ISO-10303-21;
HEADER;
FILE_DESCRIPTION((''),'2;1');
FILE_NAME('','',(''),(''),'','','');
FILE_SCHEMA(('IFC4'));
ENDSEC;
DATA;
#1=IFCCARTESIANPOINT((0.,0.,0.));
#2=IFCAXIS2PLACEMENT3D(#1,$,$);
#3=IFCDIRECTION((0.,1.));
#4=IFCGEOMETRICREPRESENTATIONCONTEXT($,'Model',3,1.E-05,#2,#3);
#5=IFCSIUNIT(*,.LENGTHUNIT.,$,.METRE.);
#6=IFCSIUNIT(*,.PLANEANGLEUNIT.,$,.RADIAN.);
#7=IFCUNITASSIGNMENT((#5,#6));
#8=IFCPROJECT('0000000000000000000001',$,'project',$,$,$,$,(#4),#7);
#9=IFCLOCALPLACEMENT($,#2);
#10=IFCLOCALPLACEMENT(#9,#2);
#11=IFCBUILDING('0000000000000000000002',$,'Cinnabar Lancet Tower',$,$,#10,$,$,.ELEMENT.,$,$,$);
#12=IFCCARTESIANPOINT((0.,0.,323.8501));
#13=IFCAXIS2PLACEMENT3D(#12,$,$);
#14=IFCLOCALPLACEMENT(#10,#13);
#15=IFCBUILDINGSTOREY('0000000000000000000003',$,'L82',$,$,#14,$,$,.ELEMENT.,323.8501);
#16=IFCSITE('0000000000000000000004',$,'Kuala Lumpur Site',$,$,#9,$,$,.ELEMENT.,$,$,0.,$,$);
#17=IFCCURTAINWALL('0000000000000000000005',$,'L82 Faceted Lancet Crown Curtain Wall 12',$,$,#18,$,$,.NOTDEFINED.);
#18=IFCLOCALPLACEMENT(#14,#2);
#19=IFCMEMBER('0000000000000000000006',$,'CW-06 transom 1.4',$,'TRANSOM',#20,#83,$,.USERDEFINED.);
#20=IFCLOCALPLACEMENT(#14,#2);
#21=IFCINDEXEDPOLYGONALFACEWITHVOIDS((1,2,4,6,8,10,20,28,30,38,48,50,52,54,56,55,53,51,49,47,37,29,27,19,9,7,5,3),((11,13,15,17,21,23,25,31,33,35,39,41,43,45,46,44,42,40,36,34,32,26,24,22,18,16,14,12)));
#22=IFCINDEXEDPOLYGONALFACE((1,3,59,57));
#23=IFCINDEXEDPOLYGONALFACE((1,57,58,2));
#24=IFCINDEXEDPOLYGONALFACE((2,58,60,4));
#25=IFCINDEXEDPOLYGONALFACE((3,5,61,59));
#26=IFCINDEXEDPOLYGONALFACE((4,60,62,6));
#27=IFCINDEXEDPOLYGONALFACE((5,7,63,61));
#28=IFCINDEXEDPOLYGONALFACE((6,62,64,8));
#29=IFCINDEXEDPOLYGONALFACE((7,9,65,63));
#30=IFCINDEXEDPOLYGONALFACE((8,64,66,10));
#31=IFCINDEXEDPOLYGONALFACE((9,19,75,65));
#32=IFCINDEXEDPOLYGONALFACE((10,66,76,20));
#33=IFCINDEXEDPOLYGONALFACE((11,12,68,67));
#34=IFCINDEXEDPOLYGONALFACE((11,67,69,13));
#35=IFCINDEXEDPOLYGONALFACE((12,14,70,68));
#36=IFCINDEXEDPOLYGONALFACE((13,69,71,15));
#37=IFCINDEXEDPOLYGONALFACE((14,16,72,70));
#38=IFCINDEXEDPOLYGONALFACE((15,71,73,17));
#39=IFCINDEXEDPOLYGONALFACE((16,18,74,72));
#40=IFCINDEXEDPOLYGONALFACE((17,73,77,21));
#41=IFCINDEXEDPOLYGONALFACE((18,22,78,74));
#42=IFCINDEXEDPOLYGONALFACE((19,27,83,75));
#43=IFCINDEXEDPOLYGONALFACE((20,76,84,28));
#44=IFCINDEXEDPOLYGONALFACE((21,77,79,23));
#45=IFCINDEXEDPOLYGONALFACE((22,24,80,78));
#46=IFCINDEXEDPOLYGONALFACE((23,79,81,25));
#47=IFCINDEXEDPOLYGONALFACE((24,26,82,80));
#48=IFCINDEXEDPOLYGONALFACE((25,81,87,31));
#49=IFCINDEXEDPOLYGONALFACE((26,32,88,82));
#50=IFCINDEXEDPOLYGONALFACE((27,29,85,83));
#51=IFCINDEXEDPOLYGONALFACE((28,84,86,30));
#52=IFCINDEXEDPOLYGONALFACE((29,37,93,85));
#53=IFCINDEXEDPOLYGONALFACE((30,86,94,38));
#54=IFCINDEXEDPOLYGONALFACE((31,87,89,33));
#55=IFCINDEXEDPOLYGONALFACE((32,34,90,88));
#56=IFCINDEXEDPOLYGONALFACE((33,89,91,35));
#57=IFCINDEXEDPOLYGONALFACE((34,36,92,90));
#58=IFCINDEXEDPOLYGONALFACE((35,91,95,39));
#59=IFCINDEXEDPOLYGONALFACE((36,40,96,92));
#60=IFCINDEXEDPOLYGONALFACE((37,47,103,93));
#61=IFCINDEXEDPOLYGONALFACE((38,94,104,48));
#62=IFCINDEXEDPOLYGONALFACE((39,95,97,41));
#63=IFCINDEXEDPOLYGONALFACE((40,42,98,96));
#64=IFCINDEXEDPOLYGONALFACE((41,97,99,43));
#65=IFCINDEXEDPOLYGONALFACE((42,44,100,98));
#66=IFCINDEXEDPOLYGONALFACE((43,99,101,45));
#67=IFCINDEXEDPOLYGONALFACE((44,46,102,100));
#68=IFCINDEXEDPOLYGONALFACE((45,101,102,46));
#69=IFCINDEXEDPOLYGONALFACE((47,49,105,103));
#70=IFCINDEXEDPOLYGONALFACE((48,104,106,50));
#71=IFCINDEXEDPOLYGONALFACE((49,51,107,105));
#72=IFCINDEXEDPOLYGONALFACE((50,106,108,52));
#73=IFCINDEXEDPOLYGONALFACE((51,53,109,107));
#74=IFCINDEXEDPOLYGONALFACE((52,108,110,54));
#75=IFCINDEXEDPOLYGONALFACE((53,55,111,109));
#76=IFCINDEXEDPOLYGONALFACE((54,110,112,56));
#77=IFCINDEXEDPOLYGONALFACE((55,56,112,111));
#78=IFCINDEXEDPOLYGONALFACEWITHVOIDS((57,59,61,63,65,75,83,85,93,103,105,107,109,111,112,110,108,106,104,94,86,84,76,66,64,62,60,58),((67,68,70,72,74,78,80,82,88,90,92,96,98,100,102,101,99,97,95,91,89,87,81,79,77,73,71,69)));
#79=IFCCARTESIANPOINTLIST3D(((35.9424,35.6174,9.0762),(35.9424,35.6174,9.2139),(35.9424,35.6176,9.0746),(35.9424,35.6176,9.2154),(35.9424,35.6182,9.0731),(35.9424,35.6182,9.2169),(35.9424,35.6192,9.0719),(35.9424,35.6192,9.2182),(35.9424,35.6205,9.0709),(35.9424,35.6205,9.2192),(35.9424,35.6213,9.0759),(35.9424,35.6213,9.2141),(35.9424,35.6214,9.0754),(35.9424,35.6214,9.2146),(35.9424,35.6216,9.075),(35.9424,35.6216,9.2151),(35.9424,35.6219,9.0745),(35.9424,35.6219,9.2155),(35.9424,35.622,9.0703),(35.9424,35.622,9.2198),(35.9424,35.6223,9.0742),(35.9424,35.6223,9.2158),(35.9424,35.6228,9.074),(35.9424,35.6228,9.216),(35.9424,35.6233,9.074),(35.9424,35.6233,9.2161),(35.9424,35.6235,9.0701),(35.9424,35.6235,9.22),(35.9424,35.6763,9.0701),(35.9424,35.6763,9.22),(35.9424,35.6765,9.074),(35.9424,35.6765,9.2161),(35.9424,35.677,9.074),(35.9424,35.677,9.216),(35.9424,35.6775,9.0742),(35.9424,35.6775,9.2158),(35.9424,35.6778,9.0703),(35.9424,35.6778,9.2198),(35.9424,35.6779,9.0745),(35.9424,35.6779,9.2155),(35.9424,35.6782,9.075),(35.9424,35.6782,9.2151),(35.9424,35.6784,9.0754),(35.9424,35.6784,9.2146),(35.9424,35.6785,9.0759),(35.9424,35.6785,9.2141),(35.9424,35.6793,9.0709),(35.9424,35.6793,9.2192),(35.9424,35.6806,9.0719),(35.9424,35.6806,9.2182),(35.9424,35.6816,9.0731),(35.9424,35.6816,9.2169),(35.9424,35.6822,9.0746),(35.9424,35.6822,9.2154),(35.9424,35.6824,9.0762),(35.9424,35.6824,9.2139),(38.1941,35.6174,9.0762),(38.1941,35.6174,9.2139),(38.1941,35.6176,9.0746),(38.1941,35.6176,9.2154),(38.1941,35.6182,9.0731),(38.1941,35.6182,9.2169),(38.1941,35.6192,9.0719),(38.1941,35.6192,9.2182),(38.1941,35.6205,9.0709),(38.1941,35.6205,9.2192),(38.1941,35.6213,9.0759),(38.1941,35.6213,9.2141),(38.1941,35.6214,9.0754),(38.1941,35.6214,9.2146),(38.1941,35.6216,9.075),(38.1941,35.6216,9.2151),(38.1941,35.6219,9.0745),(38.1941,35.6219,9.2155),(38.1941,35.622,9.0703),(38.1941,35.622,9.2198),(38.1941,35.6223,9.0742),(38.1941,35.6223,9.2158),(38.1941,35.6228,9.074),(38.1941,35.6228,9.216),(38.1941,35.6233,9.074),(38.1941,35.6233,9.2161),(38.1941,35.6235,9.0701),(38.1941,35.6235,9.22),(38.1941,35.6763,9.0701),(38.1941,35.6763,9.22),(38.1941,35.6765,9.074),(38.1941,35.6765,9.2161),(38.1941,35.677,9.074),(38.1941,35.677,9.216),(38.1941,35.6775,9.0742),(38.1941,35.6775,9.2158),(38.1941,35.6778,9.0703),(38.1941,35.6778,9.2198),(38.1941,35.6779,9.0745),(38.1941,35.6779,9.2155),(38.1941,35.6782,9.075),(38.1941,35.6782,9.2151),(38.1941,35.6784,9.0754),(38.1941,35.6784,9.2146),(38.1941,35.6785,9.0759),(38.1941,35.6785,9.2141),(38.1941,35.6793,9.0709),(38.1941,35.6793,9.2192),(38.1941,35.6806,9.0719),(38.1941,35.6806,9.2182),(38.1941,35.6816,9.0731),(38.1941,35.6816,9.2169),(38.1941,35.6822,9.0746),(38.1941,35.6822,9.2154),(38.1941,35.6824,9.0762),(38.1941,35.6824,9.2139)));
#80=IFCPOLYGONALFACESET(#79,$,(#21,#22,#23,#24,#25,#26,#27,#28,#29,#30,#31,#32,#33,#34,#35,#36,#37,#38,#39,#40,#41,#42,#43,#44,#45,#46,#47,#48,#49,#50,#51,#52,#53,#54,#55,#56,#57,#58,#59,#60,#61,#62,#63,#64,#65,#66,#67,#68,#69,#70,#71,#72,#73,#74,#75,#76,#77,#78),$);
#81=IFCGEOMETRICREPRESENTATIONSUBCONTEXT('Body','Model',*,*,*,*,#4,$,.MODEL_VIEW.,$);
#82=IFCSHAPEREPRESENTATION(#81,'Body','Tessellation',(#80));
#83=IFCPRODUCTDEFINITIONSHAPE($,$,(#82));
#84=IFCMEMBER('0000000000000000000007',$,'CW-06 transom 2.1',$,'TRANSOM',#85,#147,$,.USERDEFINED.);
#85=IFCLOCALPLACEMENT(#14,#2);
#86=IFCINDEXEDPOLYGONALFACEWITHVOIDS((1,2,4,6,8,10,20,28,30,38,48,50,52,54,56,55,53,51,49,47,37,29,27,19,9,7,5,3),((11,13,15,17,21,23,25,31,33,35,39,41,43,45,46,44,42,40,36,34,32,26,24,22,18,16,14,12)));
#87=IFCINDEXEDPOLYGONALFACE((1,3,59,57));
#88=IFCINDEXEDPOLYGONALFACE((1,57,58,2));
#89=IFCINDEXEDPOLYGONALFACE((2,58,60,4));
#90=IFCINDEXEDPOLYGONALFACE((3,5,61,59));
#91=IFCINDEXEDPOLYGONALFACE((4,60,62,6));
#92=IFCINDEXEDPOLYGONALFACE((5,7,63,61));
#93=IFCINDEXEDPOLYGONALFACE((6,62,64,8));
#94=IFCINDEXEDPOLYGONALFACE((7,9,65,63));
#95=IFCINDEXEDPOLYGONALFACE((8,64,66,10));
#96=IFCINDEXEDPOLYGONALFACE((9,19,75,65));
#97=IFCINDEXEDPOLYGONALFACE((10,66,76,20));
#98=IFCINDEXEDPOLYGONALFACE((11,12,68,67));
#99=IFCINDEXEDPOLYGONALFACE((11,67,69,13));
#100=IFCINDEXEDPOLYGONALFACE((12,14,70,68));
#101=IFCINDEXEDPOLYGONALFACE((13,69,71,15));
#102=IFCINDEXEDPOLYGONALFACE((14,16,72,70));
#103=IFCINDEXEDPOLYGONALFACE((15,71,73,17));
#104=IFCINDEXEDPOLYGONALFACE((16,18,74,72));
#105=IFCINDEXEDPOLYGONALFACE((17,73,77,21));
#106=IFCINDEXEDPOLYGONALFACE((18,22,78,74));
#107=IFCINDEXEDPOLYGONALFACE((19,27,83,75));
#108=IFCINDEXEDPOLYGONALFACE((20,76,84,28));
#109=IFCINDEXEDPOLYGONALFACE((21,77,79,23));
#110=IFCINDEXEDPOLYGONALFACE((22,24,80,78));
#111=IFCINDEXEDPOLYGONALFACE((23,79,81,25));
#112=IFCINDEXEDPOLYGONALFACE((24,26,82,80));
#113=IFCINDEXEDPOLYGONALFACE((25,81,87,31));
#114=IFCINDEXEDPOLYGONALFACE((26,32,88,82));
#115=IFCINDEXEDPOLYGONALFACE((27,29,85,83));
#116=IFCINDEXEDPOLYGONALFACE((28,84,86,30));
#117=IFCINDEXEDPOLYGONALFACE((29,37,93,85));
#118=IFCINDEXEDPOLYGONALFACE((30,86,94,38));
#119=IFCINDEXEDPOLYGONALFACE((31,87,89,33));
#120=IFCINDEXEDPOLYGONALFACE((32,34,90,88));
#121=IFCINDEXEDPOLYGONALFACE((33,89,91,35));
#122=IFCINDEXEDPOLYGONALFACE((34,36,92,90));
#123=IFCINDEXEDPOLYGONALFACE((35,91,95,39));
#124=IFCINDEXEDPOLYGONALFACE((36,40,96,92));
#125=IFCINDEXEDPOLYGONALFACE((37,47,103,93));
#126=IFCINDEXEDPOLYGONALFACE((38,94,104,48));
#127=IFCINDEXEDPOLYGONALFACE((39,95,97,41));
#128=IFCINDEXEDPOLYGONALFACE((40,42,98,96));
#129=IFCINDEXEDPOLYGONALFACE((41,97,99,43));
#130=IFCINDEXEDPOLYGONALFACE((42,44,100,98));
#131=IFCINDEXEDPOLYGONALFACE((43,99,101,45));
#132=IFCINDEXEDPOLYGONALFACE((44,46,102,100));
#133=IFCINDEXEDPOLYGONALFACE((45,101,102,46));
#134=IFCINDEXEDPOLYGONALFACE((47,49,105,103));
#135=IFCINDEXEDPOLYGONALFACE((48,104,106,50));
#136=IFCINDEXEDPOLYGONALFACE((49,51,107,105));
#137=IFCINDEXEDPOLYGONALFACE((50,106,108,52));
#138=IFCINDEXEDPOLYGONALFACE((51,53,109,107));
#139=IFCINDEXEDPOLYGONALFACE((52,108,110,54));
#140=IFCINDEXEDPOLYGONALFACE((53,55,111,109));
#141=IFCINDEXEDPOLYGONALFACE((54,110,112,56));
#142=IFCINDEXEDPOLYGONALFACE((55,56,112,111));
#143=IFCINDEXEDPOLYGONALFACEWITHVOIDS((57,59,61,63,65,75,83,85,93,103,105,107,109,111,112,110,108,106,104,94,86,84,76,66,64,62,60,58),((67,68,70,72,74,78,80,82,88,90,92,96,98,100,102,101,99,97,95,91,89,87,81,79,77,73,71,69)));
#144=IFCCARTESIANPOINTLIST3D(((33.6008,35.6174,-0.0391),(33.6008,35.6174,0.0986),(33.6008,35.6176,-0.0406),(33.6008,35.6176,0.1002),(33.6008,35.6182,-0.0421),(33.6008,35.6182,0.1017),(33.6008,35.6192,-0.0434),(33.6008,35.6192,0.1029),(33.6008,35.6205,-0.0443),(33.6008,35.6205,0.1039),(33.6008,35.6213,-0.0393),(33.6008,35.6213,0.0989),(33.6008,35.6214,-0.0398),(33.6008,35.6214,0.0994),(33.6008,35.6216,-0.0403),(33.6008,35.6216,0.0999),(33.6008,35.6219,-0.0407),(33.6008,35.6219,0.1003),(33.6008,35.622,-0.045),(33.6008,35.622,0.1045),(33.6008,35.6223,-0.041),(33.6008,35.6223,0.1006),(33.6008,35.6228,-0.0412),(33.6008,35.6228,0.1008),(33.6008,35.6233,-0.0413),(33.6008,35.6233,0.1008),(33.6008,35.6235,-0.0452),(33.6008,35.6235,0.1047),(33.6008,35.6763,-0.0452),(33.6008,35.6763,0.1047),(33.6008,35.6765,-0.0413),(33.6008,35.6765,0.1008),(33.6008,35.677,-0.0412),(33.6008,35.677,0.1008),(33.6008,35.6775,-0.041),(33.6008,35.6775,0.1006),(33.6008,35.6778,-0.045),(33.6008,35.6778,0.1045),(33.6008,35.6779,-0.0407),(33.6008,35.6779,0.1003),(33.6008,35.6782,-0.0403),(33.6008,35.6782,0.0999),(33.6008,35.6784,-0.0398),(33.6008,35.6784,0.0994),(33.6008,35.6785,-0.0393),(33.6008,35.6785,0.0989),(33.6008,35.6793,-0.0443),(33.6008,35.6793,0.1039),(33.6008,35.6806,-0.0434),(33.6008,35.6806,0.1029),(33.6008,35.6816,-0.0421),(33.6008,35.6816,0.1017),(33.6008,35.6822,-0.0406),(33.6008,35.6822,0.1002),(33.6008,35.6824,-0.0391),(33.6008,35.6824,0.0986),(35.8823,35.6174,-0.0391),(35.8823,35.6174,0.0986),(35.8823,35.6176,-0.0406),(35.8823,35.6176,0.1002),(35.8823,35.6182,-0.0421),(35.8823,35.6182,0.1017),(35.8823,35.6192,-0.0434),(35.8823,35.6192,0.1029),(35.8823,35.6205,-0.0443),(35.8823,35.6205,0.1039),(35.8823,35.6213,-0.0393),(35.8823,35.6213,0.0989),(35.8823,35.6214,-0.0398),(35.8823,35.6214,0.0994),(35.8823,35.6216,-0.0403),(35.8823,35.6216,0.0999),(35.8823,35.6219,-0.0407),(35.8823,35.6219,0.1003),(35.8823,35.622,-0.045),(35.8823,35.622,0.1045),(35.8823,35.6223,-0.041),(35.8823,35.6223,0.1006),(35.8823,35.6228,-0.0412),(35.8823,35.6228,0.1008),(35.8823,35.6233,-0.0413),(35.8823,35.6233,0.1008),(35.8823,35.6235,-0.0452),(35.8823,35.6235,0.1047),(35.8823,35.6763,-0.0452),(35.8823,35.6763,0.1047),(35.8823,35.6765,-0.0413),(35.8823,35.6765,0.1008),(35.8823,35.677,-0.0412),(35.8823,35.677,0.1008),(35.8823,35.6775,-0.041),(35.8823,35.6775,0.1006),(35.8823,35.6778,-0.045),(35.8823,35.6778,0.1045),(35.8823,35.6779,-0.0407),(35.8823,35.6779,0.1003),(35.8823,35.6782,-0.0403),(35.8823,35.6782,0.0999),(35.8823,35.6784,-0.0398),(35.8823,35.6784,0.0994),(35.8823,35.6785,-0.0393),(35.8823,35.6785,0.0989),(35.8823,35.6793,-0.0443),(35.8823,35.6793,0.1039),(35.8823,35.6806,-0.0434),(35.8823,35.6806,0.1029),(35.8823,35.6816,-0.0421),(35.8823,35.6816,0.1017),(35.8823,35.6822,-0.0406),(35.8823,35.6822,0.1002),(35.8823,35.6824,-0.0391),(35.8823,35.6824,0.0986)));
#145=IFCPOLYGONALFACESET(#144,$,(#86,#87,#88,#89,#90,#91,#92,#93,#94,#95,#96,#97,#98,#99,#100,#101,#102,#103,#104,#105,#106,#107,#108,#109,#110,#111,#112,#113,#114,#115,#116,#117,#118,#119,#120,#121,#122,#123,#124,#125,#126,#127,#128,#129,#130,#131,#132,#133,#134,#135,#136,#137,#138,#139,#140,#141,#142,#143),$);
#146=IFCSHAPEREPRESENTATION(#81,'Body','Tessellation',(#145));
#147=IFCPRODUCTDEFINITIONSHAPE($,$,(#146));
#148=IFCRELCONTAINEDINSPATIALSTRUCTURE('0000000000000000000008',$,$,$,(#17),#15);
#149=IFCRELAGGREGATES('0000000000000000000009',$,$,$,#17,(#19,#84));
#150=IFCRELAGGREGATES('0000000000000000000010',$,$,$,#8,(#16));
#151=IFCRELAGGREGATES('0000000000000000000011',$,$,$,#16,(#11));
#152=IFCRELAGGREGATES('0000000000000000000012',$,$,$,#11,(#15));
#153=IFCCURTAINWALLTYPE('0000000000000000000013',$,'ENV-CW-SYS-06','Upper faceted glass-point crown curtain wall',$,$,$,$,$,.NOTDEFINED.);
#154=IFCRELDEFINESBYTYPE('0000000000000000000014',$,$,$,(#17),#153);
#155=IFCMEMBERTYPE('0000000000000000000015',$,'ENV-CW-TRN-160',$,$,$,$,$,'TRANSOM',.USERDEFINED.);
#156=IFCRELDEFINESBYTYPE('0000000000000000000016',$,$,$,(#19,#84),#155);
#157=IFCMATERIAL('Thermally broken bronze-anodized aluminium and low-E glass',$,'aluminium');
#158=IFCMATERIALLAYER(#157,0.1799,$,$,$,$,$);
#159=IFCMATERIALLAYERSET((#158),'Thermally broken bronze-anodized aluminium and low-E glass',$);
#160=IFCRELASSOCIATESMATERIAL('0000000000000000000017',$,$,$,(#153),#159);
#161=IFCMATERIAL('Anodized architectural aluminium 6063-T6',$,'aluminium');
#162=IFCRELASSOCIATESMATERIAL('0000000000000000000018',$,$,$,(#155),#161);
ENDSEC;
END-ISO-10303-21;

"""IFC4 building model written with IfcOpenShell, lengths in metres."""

from ifc_helpers import new_model, si_unit, direction, frame, origin, origin_2d, place, context, subcontext, project, spatial, hollow_rectangle, extrude, material, layer, layer_set, material_profile, profile_set, type_object, element, aggregate, save


model = new_model("IFC4")

# Units and contexts
model_context = context("Model", 3, precision=1e-05, world=origin(), true_north=direction((0.0, 1.0)))
body_context = subcontext(model_context, "Body", "Model", "MODEL_VIEW")
ifc_project = project(units=[si_unit("LENGTHUNIT", "METRE"), si_unit("PLANEANGLEUNIT", "RADIAN")], contexts=[model_context])

# Site, building, storey
site_placement = place(None, origin())
site = spatial("IfcSite", under=ifc_project, at=site_placement, Name="Kuala Lumpur Site", CompositionType="ELEMENT", RefElevation=0.0)
building_placement = place(site_placement, origin())
building = spatial("IfcBuilding", under=site, at=building_placement, Name="Cinnabar Lancet Tower", CompositionType="ELEMENT")
storey_placement = place(building_placement, frame((0.0, 0.0, 323.8501)))
storey = spatial("IfcBuildingStorey", under=building, at=storey_placement, Name="L82", CompositionType="ELEMENT", Elevation=323.8501)

# Shared definitions
ifc_material_1 = material(Name="Thermally broken bronze-anodized aluminium and low-E glass", Category="aluminium")
ifc_layer_1 = layer(ifc_material_1, 0.1799)
ifc_layer_set_1 = layer_set([ifc_layer_1], Name="Thermally broken bronze-anodized aluminium and low-E glass")
curtain_wall_type = type_object("IfcCurtainWallType", Name="ENV-CW-SYS-06", Description="Upper faceted glass-point crown curtain wall", PredefinedType="NOTDEFINED", material=ifc_layer_set_1)

# Curtain wall, members
curtain_wall_1_placement = place(storey_placement, origin())
curtain_wall_1 = element("IfcCurtainWall", 1, at=curtain_wall_1_placement, inside=storey, type_object=curtain_wall_type, Name="L82 Faceted Lancet Crown Curtain Wall 12", PredefinedType="NOTDEFINED")
ifc_material_2 = material(Name="Anodized architectural aluminium 6063-T6", Category="aluminium")
ifc_material_profile_1 = material_profile(ifc_material_2, hollow_rectangle(XDim=0.0649, YDim=0.1499, WallThickness=0.0039, InnerFilletRadius=0.002, OuterFilletRadius=0.0061, at=origin_2d()), Name="CW-TRN 150x65x4")
ifc_profile_set_1 = profile_set([ifc_material_profile_1], Name="Anodized architectural aluminium 6063-T6")
member_type_1 = type_object("IfcMemberType", Name="ENV-CW-TRN-160", ElementType="TRANSOM", PredefinedType="USERDEFINED", material=ifc_profile_set_1)
member_1_placement = place(storey_placement, frame((38.1941, 35.6499, 9.145), z_axis=(-1.0, 0.0, 0.0), x_axis=(0.0, -1.0, 0.0)))
member_1 = element("IfcMember", 2, at=member_1_placement, type_object=member_type_1, Name="CW-06 transom 1.4", ObjectType="TRANSOM", PredefinedType="USERDEFINED", context=body_context, shape_type="SweptSolid", body=[
    extrude(hollow_rectangle(XDim=0.0649, YDim=0.1499, WallThickness=0.0039, InnerFilletRadius=0.002, OuterFilletRadius=0.0061, at=origin_2d()), origin(), (0.0, 0.0, 1.0), 2.2517),
])
member_2_placement = place(storey_placement, frame((35.8823, 35.6499, 0.0298), z_axis=(-1.0, 0.0, 0.0), x_axis=(0.0, -1.0, 0.0)))
member_2 = element("IfcMember", 3, at=member_2_placement, type_object=member_type_1, Name="CW-06 transom 2.1", ObjectType="TRANSOM", PredefinedType="USERDEFINED", context=body_context, shape_type="SweptSolid", body=[
    extrude(hollow_rectangle(XDim=0.0649, YDim=0.1499, WallThickness=0.0039, InnerFilletRadius=0.002, OuterFilletRadius=0.0061, at=origin_2d()), origin(), (0.0, 0.0, 1.0), 2.2815),
])

aggregate(curtain_wall_1, [member_1, member_2])

save(model, "model.ifc")
